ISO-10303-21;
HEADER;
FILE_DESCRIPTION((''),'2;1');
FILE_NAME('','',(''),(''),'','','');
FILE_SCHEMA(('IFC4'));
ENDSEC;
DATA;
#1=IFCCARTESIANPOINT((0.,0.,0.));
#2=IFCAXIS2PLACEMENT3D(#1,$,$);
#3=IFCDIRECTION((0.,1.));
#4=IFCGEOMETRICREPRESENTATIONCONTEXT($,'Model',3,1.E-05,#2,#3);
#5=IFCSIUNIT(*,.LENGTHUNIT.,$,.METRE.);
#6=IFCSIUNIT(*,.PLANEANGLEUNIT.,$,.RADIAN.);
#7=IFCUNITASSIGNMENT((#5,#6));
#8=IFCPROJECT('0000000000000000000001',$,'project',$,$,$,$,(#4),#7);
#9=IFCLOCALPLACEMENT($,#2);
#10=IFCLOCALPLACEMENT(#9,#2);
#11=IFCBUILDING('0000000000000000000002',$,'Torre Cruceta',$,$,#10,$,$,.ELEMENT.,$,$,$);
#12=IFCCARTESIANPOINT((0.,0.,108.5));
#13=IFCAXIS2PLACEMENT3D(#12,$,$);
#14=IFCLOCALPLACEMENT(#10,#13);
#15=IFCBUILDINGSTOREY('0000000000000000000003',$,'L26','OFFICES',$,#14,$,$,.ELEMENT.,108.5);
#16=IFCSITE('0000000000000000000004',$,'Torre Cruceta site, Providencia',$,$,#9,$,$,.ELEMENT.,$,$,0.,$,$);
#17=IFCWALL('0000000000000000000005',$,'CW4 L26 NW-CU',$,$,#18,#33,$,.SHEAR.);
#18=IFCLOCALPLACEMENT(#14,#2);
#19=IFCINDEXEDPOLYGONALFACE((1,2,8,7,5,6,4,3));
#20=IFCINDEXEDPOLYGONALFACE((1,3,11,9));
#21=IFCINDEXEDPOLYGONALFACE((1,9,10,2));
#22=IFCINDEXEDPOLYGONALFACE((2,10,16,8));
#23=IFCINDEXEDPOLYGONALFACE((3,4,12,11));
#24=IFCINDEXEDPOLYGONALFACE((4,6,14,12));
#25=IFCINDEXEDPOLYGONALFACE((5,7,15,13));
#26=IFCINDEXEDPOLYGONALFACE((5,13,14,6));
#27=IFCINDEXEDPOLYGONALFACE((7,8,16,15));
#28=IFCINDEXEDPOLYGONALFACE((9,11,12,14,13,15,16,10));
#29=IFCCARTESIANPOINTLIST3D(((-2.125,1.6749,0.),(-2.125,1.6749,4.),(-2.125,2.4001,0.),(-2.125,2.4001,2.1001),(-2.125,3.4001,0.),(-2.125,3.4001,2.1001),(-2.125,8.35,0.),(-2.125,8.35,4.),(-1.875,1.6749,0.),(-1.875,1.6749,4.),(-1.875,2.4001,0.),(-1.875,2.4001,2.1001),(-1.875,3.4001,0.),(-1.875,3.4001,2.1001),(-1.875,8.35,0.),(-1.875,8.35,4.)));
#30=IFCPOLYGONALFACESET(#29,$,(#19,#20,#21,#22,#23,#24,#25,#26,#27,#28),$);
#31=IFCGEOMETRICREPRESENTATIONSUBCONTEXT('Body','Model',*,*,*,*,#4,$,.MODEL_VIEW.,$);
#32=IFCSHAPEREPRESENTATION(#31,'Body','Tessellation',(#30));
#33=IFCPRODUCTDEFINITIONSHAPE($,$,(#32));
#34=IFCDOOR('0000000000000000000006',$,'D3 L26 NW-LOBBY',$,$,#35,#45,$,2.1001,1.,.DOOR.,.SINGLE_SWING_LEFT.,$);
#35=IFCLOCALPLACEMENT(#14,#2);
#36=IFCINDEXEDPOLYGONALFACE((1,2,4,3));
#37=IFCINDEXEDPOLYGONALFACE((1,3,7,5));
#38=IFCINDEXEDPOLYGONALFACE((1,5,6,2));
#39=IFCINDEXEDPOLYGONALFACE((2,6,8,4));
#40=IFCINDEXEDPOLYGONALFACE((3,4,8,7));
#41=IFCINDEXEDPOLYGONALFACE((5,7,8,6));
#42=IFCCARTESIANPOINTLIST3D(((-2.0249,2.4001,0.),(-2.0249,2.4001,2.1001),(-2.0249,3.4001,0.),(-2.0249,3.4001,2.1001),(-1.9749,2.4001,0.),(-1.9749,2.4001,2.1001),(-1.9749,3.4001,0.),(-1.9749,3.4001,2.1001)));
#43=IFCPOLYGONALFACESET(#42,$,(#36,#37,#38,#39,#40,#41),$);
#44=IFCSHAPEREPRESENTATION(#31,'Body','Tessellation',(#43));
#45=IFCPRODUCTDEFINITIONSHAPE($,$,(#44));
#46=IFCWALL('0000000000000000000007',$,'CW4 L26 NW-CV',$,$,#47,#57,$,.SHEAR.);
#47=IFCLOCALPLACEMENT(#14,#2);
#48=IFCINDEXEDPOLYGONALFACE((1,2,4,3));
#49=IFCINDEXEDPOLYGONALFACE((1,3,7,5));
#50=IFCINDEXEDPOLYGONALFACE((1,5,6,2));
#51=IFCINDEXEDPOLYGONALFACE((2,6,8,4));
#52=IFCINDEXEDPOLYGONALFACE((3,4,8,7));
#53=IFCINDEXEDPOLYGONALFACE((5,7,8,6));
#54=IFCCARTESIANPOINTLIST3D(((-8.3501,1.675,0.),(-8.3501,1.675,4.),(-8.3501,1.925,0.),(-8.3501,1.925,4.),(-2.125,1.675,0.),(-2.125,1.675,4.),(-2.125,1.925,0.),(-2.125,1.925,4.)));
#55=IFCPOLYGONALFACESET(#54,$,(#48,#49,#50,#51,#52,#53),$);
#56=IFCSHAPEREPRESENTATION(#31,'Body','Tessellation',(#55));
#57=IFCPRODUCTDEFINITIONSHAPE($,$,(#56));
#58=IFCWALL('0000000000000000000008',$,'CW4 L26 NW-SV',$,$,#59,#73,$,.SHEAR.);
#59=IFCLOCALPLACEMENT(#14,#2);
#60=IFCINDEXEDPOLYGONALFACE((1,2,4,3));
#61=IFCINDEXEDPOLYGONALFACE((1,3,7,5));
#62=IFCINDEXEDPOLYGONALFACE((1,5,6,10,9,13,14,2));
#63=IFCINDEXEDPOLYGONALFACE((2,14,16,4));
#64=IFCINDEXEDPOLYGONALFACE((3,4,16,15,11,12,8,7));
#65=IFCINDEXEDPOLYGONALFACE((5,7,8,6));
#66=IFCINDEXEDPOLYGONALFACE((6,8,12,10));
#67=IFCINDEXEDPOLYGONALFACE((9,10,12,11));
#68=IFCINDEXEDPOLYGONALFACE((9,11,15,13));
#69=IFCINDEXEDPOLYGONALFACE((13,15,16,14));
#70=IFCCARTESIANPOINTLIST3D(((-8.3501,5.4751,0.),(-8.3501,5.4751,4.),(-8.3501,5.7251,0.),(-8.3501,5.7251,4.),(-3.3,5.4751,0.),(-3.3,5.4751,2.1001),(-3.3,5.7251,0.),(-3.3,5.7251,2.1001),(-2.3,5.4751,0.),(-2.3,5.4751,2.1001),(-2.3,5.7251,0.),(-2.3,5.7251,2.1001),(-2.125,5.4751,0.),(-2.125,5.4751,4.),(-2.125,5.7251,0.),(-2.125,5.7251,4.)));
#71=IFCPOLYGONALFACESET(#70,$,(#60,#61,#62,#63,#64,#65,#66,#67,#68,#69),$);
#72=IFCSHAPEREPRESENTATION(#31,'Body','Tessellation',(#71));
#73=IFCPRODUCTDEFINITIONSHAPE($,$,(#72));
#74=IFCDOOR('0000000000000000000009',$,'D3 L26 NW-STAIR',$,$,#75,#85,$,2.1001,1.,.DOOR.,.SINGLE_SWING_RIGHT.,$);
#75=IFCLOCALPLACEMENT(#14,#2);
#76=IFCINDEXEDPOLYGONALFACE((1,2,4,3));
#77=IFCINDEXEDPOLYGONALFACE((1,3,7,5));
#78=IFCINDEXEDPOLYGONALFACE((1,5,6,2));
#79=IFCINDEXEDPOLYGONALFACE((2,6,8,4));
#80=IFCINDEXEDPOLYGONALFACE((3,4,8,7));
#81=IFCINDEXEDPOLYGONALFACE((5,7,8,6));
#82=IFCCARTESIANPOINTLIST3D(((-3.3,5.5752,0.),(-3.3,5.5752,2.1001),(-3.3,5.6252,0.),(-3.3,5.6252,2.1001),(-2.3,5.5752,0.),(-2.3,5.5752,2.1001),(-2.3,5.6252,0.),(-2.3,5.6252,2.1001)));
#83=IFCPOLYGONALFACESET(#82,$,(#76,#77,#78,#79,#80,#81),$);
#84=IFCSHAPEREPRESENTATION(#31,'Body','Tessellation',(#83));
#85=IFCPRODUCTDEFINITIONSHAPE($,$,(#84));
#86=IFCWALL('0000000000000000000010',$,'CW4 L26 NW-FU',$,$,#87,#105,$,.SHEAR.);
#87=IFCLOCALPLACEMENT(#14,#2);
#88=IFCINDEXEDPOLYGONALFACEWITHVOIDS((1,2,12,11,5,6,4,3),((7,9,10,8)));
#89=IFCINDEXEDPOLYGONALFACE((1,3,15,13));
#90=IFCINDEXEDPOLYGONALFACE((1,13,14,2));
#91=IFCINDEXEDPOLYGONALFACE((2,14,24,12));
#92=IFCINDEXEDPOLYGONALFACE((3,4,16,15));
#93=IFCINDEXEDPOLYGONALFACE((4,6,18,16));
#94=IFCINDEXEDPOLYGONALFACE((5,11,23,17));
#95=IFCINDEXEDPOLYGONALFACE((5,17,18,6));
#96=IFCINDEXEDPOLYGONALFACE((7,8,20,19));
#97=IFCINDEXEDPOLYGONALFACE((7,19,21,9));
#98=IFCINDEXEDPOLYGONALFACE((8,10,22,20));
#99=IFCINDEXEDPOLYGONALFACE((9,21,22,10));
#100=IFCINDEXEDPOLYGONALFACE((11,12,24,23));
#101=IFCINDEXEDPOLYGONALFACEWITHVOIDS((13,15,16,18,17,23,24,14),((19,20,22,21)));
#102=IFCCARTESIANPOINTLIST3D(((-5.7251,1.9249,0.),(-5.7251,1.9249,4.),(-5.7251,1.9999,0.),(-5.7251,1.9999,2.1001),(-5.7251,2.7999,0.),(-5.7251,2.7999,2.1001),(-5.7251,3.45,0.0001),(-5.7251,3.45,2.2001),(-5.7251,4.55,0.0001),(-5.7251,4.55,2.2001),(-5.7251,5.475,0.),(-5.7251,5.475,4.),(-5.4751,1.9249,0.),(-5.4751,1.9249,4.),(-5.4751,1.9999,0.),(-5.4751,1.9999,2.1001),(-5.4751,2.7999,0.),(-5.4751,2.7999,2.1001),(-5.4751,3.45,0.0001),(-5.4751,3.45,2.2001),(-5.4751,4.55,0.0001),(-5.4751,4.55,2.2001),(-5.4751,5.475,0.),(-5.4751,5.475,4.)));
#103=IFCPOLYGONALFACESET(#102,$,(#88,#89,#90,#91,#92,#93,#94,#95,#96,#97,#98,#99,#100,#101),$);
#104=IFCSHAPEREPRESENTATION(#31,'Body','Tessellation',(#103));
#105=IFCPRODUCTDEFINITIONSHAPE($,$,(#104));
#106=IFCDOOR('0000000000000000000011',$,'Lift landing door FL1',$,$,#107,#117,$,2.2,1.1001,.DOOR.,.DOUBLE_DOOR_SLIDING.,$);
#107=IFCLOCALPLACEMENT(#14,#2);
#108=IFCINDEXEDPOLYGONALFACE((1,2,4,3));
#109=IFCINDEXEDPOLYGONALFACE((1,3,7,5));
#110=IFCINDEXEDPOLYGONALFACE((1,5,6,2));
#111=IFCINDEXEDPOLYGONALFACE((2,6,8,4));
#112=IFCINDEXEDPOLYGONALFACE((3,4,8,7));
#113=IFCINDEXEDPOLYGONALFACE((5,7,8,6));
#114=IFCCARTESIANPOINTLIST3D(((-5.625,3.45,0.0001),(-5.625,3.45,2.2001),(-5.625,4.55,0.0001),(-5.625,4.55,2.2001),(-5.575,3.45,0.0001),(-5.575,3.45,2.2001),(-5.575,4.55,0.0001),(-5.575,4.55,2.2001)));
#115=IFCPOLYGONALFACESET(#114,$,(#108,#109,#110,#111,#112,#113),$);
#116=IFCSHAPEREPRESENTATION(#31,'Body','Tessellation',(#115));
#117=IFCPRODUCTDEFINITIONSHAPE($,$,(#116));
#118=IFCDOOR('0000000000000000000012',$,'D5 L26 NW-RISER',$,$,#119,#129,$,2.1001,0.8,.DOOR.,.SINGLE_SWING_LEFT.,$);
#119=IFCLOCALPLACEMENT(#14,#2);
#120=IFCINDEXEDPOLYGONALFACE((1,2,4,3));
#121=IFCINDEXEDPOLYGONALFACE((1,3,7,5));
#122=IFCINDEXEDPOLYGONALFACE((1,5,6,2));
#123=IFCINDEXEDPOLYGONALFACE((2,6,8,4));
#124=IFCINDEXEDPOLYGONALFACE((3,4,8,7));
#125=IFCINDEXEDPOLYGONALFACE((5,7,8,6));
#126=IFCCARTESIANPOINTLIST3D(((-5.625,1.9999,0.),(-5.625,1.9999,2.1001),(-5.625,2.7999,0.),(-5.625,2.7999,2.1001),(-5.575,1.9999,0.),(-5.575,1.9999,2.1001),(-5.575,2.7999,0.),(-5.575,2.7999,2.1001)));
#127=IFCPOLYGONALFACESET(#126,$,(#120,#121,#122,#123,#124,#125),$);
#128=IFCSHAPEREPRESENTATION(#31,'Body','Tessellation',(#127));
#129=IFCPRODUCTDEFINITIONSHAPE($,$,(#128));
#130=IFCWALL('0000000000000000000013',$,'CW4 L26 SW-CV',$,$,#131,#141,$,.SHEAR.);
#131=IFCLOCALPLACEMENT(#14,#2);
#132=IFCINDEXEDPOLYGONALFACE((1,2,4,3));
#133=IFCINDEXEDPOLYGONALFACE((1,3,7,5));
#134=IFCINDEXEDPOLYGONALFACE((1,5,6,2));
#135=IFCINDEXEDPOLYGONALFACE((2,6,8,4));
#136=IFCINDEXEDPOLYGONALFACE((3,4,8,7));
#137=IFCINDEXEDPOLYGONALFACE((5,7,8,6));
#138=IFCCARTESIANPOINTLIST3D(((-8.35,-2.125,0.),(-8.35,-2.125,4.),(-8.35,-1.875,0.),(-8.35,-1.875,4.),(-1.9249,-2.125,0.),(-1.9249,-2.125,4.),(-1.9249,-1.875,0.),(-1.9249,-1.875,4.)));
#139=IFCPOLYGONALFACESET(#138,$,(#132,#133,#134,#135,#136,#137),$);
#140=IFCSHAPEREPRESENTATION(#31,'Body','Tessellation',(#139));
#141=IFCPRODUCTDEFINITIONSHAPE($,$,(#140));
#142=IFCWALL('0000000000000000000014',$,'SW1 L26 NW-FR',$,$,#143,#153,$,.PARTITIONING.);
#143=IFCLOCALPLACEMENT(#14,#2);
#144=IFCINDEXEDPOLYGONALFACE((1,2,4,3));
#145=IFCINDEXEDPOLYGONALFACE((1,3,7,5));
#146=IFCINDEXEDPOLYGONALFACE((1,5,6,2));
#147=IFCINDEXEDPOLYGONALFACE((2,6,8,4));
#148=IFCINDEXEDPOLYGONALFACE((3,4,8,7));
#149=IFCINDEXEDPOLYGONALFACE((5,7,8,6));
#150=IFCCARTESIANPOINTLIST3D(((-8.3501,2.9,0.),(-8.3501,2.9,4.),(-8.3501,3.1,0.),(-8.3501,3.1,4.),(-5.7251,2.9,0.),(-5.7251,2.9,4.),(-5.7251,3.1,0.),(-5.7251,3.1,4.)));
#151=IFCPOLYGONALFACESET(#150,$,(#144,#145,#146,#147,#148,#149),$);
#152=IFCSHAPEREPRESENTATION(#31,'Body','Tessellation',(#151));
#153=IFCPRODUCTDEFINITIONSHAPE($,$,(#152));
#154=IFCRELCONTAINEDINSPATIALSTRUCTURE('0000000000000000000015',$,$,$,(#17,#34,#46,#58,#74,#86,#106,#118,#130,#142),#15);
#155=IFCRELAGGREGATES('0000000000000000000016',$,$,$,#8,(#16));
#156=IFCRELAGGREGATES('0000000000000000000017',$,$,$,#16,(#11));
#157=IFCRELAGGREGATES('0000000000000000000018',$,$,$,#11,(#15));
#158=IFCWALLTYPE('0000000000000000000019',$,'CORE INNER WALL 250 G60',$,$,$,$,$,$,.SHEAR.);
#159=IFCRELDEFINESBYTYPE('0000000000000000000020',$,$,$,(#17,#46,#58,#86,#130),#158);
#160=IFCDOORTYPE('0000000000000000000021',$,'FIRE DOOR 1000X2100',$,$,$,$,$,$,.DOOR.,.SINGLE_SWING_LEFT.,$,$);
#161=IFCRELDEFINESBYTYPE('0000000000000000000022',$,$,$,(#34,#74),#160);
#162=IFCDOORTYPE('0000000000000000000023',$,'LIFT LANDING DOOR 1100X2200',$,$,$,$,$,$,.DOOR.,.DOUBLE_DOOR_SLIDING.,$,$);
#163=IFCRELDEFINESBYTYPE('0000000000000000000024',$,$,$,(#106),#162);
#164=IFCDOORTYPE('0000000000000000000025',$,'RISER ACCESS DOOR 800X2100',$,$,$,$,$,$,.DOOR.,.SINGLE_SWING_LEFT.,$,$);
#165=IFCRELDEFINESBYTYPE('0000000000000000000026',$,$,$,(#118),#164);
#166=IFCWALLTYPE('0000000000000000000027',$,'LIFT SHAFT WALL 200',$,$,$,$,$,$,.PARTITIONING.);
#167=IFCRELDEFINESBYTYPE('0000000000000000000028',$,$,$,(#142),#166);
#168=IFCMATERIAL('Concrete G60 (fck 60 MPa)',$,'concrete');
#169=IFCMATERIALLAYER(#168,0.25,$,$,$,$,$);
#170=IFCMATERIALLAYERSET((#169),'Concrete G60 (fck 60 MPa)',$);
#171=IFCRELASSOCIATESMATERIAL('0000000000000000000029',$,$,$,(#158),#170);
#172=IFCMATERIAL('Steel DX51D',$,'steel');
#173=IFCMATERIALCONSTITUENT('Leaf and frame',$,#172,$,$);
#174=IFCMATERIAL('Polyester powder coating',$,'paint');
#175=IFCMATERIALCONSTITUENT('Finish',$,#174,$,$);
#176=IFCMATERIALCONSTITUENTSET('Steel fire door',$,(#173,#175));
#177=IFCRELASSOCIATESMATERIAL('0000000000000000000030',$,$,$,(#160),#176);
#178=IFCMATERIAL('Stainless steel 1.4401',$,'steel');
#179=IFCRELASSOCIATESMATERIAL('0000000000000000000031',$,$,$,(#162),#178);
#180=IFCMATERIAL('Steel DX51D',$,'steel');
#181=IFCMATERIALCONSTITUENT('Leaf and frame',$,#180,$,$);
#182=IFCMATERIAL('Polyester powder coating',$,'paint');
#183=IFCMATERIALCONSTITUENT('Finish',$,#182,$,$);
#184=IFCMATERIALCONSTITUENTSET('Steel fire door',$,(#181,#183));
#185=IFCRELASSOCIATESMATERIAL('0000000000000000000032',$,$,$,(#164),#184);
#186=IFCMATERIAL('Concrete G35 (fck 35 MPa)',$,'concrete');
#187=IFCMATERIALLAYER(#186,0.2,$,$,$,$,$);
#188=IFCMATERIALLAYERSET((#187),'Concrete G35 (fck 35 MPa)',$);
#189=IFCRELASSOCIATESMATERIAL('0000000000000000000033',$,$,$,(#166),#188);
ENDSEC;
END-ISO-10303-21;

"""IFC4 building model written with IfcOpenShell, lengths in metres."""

from ifc_helpers import new_model, si_unit, direction, frame, frame_2d, origin, place, context, subcontext, project, spatial, rectangle, extrude, material, layer, layer_set, constituent, constituent_set, type_object, element, fill, save


model = new_model("IFC4")

# Units and contexts
model_context = context("Model", 3, precision=1e-05, world=origin(), true_north=direction((0.0, 1.0)))
body_context = subcontext(model_context, "Body", "Model", "MODEL_VIEW")
ifc_project = project(units=[si_unit("LENGTHUNIT", "METRE"), si_unit("PLANEANGLEUNIT", "RADIAN")], contexts=[model_context])

# Site, building, storey
site_placement = place(None, origin())
site = spatial("IfcSite", under=ifc_project, at=site_placement, Name="Torre Cruceta site, Providencia", CompositionType="ELEMENT", RefElevation=0.0)
building_placement = place(site_placement, origin())
building = spatial("IfcBuilding", under=site, at=building_placement, Name="Torre Cruceta", CompositionType="ELEMENT")
storey_placement = place(building_placement, frame((0.0, 0.0, 108.5)))
storey = spatial("IfcBuildingStorey", under=building, at=storey_placement, Name="L26", Description="OFFICES", CompositionType="ELEMENT", Elevation=108.5)

# Wall, opening, door
ifc_material_1 = material(Name="Concrete G60 (fck 60 MPa)", Category="concrete")
ifc_layer_1 = layer(ifc_material_1, 0.25)
ifc_layer_set_1 = layer_set([ifc_layer_1], Name="Concrete G60 (fck 60 MPa)")
wall_type_1 = type_object("IfcWallType", Name="CORE INNER WALL 250 G60", PredefinedType="SHEAR", material=ifc_layer_set_1)
wall_1_placement = place(storey_placement, frame((-2.0, 1.675, 0.0), z_axis=(0.0, 0.0, 1.0), x_axis=(0.0, 1.0, 0.0)))
wall_1 = element("IfcWall", 1, at=wall_1_placement, inside=storey, type_object=wall_type_1, Name="CW4 L26 NW-CU", PredefinedType="SHEAR", context=body_context, shape_type="SweptSolid", body=[
    extrude(rectangle(XDim=6.675, YDim=0.25, at=frame_2d((3.3374, 0.0))), origin(), (0.0, 0.0, 1.0), 4.0),
])
opening_1_placement = place(wall_1_placement, frame((0.7251, 0.0, 0.0)))
opening_1 = element("IfcOpeningElement", 2, at=opening_1_placement, cuts=wall_1, PredefinedType="OPENING", context=body_context, shape_type="SweptSolid", body=[
    extrude(rectangle(XDim=1.0, YDim=2.1001, at=frame_2d((0.5, 1.05))), frame((0.0, 0.135, 0.0), z_axis=(0.0, -1.0, 0.0), x_axis=(1.0, 0.0, 0.0)), (0.0, 0.0, 1.0), 0.27),
])
ifc_material_2 = material(Name="Steel DX51D", Category="steel")
ifc_constituent_1 = constituent(ifc_material_2, Name="Leaf and frame")
ifc_material_3 = material(Name="Polyester powder coating", Category="paint")
ifc_constituent_2 = constituent(ifc_material_3, Name="Finish")
ifc_constituent_set_1 = constituent_set(constituents=[ifc_constituent_1, ifc_constituent_2], Name="Steel fire door")
door_type_1 = type_object("IfcDoorType", Name="FIRE DOOR 1000X2100", OperationType="SINGLE_SWING_LEFT", PredefinedType="DOOR", material=ifc_constituent_set_1)
door_1_placement = place(opening_1_placement, origin())
door_1 = element("IfcDoor", 3, at=door_1_placement, inside=storey, type_object=door_type_1, Name="D3 L26 NW-LOBBY", OperationType="SINGLE_SWING_LEFT", OverallHeight=2.1001, OverallWidth=1.0, PredefinedType="DOOR", context=body_context, shape_type="SweptSolid", body=[
    extrude(rectangle(XDim=1.0, YDim=2.1001, at=frame_2d((0.5, 1.05))), frame((0.0, 0.0249, 0.0), z_axis=(0.0, -1.0, 0.0), x_axis=(1.0, 0.0, 0.0)), (0.0, 0.0, 1.0), 0.05),
])
fill(opening_1, door_1)

# Wall
wall_2_placement = place(storey_placement, frame((-2.125, 1.8, 0.0), z_axis=(0.0, 0.0, 1.0), x_axis=(-1.0, 0.0, 0.0)))
element("IfcWall", 4, at=wall_2_placement, inside=storey, type_object=wall_type_1, Name="CW4 L26 NW-CV", PredefinedType="SHEAR", context=body_context, shape_type="SweptSolid", body=[
    extrude(rectangle(XDim=6.2251, YDim=0.25, at=frame_2d((3.1125, 0.0))), origin(), (0.0, 0.0, 1.0), 4.0),
])

# Wall, opening, door
wall_3_placement = place(storey_placement, frame((-2.125, 5.6001, 0.0), z_axis=(0.0, 0.0, 1.0), x_axis=(-1.0, 0.0, 0.0)))
wall_3 = element("IfcWall", 5, at=wall_3_placement, inside=storey, type_object=wall_type_1, Name="CW4 L26 NW-SV", PredefinedType="SHEAR", context=body_context, shape_type="SweptSolid", body=[
    extrude(rectangle(XDim=6.2251, YDim=0.25, at=frame_2d((3.1125, 0.0))), origin(), (0.0, 0.0, 1.0), 4.0),
])
opening_2_placement = place(wall_3_placement, frame((0.175, 0.0, 0.0)))
opening_2 = element("IfcOpeningElement", 6, at=opening_2_placement, cuts=wall_3, PredefinedType="OPENING", context=body_context, shape_type="SweptSolid", body=[
    extrude(rectangle(XDim=1.0, YDim=2.1001, at=frame_2d((0.5, 1.05))), frame((0.0, 0.135, 0.0), z_axis=(0.0, -1.0, 0.0), x_axis=(1.0, 0.0, 0.0)), (0.0, 0.0, 1.0), 0.27),
])
door_2_placement = place(opening_2_placement, frame((1.0, 0.0, 0.0), z_axis=(0.0, 0.0, 1.0), x_axis=(-1.0, 0.0, 0.0)))
door_2 = element("IfcDoor", 7, at=door_2_placement, inside=storey, type_object=door_type_1, Name="D3 L26 NW-STAIR", OperationType="SINGLE_SWING_RIGHT", OverallHeight=2.1001, OverallWidth=1.0, PredefinedType="DOOR", context=body_context, shape_type="SweptSolid", body=[
    extrude(rectangle(XDim=1.0, YDim=2.1001, at=frame_2d((0.5, 1.05))), frame((0.0, 0.0251, 0.0), z_axis=(0.0, -1.0, 0.0), x_axis=(1.0, 0.0, 0.0)), (0.0, 0.0, 1.0), 0.05),
])
fill(opening_2, door_2)

# Wall, openings, doors
wall_4_placement = place(storey_placement, frame((-5.6001, 1.925, 0.0), z_axis=(0.0, 0.0, 1.0), x_axis=(0.0, 1.0, 0.0)))
wall_4 = element("IfcWall", 8, at=wall_4_placement, inside=storey, type_object=wall_type_1, Name="CW4 L26 NW-FU", PredefinedType="SHEAR", context=body_context, shape_type="SweptSolid", body=[
    extrude(rectangle(XDim=3.55, YDim=0.25, at=frame_2d((1.7749, 0.0))), origin(), (0.0, 0.0, 1.0), 4.0),
])
opening_3_placement = place(wall_4_placement, frame((1.5249, 0.0, 0.0)))
opening_3 = element("IfcOpeningElement", 9, at=opening_3_placement, cuts=wall_4, PredefinedType="OPENING", context=body_context, shape_type="SweptSolid", body=[
    extrude(rectangle(XDim=1.1001, YDim=2.2, at=frame_2d((0.55, 1.1001))), frame((0.0, 0.135, 0.0), z_axis=(0.0, -1.0, 0.0), x_axis=(1.0, 0.0, 0.0)), (0.0, 0.0, 1.0), 0.27),
])
opening_4_placement = place(wall_4_placement, frame((0.075, 0.0, 0.0)))
opening_4 = element("IfcOpeningElement", 10, at=opening_4_placement, cuts=wall_4, PredefinedType="OPENING", context=body_context, shape_type="SweptSolid", body=[
    extrude(rectangle(XDim=0.8, YDim=2.1001, at=frame_2d((0.3999, 1.05))), frame((0.0, 0.135, 0.0), z_axis=(0.0, -1.0, 0.0), x_axis=(1.0, 0.0, 0.0)), (0.0, 0.0, 1.0), 0.27),
])
ifc_material_4 = material(Name="Stainless steel 1.4401", Category="steel")
door_type_2 = type_object("IfcDoorType", Name="LIFT LANDING DOOR 1100X2200", OperationType="DOUBLE_DOOR_SLIDING", PredefinedType="DOOR", material=ifc_material_4)
door_3_placement = place(opening_3_placement, origin())
door_3 = element("IfcDoor", 11, at=door_3_placement, inside=storey, type_object=door_type_2, Name="Lift landing door FL1", OperationType="DOUBLE_DOOR_SLIDING", OverallHeight=2.2, OverallWidth=1.1001, PredefinedType="DOOR", context=body_context, shape_type="SweptSolid", body=[
    extrude(rectangle(XDim=1.1001, YDim=2.2, at=frame_2d((0.55, 1.1001))), frame((0.0, 0.0249, 0.0), z_axis=(0.0, -1.0, 0.0), x_axis=(1.0, 0.0, 0.0)), (0.0, 0.0, 1.0), 0.05),
])
fill(opening_3, door_3)
ifc_material_5 = material(Name="Steel DX51D", Category="steel")
ifc_constituent_3 = constituent(ifc_material_5, Name="Leaf and frame")
ifc_material_6 = material(Name="Polyester powder coating", Category="paint")
ifc_constituent_4 = constituent(ifc_material_6, Name="Finish")
ifc_constituent_set_2 = constituent_set(constituents=[ifc_constituent_3, ifc_constituent_4], Name="Steel fire door")
door_type_3 = type_object("IfcDoorType", Name="RISER ACCESS DOOR 800X2100", OperationType="SINGLE_SWING_LEFT", PredefinedType="DOOR", material=ifc_constituent_set_2)
door_4_placement = place(opening_4_placement, origin())
door_4 = element("IfcDoor", 12, at=door_4_placement, inside=storey, type_object=door_type_3, Name="D5 L26 NW-RISER", OperationType="SINGLE_SWING_LEFT", OverallHeight=2.1001, OverallWidth=0.8, PredefinedType="DOOR", context=body_context, shape_type="SweptSolid", body=[
    extrude(rectangle(XDim=0.8, YDim=2.1001, at=frame_2d((0.3999, 1.05))), frame((0.0, 0.0249, 0.0), z_axis=(0.0, -1.0, 0.0), x_axis=(1.0, 0.0, 0.0)), (0.0, 0.0, 1.0), 0.05),
])
fill(opening_4, door_4)

# Walls
wall_5_placement = place(storey_placement, frame((-1.925, -2.0, 0.0), z_axis=(0.0, 0.0, 1.0), x_axis=(-1.0, 0.0, 0.0)))
element("IfcWall", 13, at=wall_5_placement, inside=storey, type_object=wall_type_1, Name="CW4 L26 SW-CV", PredefinedType="SHEAR", context=body_context, shape_type="SweptSolid", body=[
    extrude(rectangle(XDim=6.425, YDim=0.25, at=frame_2d((3.2124, 0.0))), origin(), (0.0, 0.0, 1.0), 4.0),
])
ifc_material_7 = material(Name="Concrete G35 (fck 35 MPa)", Category="concrete")
ifc_layer_2 = layer(ifc_material_7, 0.2)
ifc_layer_set_2 = layer_set([ifc_layer_2], Name="Concrete G35 (fck 35 MPa)")
wall_type_2 = type_object("IfcWallType", Name="LIFT SHAFT WALL 200", PredefinedType="PARTITIONING", material=ifc_layer_set_2)
wall_6_placement = place(storey_placement, frame((-5.7251, 3.0, 0.0), z_axis=(0.0, 0.0, 1.0), x_axis=(-1.0, 0.0, 0.0)))
element("IfcWall", 14, at=wall_6_placement, inside=storey, type_object=wall_type_2, Name="SW1 L26 NW-FR", PredefinedType="PARTITIONING", context=body_context, shape_type="SweptSolid", body=[
    extrude(rectangle(XDim=2.625, YDim=0.2, at=frame_2d((1.3125, 0.0))), origin(), (0.0, 0.0, 1.0), 4.0),
])

save(model, "model.ifc")
